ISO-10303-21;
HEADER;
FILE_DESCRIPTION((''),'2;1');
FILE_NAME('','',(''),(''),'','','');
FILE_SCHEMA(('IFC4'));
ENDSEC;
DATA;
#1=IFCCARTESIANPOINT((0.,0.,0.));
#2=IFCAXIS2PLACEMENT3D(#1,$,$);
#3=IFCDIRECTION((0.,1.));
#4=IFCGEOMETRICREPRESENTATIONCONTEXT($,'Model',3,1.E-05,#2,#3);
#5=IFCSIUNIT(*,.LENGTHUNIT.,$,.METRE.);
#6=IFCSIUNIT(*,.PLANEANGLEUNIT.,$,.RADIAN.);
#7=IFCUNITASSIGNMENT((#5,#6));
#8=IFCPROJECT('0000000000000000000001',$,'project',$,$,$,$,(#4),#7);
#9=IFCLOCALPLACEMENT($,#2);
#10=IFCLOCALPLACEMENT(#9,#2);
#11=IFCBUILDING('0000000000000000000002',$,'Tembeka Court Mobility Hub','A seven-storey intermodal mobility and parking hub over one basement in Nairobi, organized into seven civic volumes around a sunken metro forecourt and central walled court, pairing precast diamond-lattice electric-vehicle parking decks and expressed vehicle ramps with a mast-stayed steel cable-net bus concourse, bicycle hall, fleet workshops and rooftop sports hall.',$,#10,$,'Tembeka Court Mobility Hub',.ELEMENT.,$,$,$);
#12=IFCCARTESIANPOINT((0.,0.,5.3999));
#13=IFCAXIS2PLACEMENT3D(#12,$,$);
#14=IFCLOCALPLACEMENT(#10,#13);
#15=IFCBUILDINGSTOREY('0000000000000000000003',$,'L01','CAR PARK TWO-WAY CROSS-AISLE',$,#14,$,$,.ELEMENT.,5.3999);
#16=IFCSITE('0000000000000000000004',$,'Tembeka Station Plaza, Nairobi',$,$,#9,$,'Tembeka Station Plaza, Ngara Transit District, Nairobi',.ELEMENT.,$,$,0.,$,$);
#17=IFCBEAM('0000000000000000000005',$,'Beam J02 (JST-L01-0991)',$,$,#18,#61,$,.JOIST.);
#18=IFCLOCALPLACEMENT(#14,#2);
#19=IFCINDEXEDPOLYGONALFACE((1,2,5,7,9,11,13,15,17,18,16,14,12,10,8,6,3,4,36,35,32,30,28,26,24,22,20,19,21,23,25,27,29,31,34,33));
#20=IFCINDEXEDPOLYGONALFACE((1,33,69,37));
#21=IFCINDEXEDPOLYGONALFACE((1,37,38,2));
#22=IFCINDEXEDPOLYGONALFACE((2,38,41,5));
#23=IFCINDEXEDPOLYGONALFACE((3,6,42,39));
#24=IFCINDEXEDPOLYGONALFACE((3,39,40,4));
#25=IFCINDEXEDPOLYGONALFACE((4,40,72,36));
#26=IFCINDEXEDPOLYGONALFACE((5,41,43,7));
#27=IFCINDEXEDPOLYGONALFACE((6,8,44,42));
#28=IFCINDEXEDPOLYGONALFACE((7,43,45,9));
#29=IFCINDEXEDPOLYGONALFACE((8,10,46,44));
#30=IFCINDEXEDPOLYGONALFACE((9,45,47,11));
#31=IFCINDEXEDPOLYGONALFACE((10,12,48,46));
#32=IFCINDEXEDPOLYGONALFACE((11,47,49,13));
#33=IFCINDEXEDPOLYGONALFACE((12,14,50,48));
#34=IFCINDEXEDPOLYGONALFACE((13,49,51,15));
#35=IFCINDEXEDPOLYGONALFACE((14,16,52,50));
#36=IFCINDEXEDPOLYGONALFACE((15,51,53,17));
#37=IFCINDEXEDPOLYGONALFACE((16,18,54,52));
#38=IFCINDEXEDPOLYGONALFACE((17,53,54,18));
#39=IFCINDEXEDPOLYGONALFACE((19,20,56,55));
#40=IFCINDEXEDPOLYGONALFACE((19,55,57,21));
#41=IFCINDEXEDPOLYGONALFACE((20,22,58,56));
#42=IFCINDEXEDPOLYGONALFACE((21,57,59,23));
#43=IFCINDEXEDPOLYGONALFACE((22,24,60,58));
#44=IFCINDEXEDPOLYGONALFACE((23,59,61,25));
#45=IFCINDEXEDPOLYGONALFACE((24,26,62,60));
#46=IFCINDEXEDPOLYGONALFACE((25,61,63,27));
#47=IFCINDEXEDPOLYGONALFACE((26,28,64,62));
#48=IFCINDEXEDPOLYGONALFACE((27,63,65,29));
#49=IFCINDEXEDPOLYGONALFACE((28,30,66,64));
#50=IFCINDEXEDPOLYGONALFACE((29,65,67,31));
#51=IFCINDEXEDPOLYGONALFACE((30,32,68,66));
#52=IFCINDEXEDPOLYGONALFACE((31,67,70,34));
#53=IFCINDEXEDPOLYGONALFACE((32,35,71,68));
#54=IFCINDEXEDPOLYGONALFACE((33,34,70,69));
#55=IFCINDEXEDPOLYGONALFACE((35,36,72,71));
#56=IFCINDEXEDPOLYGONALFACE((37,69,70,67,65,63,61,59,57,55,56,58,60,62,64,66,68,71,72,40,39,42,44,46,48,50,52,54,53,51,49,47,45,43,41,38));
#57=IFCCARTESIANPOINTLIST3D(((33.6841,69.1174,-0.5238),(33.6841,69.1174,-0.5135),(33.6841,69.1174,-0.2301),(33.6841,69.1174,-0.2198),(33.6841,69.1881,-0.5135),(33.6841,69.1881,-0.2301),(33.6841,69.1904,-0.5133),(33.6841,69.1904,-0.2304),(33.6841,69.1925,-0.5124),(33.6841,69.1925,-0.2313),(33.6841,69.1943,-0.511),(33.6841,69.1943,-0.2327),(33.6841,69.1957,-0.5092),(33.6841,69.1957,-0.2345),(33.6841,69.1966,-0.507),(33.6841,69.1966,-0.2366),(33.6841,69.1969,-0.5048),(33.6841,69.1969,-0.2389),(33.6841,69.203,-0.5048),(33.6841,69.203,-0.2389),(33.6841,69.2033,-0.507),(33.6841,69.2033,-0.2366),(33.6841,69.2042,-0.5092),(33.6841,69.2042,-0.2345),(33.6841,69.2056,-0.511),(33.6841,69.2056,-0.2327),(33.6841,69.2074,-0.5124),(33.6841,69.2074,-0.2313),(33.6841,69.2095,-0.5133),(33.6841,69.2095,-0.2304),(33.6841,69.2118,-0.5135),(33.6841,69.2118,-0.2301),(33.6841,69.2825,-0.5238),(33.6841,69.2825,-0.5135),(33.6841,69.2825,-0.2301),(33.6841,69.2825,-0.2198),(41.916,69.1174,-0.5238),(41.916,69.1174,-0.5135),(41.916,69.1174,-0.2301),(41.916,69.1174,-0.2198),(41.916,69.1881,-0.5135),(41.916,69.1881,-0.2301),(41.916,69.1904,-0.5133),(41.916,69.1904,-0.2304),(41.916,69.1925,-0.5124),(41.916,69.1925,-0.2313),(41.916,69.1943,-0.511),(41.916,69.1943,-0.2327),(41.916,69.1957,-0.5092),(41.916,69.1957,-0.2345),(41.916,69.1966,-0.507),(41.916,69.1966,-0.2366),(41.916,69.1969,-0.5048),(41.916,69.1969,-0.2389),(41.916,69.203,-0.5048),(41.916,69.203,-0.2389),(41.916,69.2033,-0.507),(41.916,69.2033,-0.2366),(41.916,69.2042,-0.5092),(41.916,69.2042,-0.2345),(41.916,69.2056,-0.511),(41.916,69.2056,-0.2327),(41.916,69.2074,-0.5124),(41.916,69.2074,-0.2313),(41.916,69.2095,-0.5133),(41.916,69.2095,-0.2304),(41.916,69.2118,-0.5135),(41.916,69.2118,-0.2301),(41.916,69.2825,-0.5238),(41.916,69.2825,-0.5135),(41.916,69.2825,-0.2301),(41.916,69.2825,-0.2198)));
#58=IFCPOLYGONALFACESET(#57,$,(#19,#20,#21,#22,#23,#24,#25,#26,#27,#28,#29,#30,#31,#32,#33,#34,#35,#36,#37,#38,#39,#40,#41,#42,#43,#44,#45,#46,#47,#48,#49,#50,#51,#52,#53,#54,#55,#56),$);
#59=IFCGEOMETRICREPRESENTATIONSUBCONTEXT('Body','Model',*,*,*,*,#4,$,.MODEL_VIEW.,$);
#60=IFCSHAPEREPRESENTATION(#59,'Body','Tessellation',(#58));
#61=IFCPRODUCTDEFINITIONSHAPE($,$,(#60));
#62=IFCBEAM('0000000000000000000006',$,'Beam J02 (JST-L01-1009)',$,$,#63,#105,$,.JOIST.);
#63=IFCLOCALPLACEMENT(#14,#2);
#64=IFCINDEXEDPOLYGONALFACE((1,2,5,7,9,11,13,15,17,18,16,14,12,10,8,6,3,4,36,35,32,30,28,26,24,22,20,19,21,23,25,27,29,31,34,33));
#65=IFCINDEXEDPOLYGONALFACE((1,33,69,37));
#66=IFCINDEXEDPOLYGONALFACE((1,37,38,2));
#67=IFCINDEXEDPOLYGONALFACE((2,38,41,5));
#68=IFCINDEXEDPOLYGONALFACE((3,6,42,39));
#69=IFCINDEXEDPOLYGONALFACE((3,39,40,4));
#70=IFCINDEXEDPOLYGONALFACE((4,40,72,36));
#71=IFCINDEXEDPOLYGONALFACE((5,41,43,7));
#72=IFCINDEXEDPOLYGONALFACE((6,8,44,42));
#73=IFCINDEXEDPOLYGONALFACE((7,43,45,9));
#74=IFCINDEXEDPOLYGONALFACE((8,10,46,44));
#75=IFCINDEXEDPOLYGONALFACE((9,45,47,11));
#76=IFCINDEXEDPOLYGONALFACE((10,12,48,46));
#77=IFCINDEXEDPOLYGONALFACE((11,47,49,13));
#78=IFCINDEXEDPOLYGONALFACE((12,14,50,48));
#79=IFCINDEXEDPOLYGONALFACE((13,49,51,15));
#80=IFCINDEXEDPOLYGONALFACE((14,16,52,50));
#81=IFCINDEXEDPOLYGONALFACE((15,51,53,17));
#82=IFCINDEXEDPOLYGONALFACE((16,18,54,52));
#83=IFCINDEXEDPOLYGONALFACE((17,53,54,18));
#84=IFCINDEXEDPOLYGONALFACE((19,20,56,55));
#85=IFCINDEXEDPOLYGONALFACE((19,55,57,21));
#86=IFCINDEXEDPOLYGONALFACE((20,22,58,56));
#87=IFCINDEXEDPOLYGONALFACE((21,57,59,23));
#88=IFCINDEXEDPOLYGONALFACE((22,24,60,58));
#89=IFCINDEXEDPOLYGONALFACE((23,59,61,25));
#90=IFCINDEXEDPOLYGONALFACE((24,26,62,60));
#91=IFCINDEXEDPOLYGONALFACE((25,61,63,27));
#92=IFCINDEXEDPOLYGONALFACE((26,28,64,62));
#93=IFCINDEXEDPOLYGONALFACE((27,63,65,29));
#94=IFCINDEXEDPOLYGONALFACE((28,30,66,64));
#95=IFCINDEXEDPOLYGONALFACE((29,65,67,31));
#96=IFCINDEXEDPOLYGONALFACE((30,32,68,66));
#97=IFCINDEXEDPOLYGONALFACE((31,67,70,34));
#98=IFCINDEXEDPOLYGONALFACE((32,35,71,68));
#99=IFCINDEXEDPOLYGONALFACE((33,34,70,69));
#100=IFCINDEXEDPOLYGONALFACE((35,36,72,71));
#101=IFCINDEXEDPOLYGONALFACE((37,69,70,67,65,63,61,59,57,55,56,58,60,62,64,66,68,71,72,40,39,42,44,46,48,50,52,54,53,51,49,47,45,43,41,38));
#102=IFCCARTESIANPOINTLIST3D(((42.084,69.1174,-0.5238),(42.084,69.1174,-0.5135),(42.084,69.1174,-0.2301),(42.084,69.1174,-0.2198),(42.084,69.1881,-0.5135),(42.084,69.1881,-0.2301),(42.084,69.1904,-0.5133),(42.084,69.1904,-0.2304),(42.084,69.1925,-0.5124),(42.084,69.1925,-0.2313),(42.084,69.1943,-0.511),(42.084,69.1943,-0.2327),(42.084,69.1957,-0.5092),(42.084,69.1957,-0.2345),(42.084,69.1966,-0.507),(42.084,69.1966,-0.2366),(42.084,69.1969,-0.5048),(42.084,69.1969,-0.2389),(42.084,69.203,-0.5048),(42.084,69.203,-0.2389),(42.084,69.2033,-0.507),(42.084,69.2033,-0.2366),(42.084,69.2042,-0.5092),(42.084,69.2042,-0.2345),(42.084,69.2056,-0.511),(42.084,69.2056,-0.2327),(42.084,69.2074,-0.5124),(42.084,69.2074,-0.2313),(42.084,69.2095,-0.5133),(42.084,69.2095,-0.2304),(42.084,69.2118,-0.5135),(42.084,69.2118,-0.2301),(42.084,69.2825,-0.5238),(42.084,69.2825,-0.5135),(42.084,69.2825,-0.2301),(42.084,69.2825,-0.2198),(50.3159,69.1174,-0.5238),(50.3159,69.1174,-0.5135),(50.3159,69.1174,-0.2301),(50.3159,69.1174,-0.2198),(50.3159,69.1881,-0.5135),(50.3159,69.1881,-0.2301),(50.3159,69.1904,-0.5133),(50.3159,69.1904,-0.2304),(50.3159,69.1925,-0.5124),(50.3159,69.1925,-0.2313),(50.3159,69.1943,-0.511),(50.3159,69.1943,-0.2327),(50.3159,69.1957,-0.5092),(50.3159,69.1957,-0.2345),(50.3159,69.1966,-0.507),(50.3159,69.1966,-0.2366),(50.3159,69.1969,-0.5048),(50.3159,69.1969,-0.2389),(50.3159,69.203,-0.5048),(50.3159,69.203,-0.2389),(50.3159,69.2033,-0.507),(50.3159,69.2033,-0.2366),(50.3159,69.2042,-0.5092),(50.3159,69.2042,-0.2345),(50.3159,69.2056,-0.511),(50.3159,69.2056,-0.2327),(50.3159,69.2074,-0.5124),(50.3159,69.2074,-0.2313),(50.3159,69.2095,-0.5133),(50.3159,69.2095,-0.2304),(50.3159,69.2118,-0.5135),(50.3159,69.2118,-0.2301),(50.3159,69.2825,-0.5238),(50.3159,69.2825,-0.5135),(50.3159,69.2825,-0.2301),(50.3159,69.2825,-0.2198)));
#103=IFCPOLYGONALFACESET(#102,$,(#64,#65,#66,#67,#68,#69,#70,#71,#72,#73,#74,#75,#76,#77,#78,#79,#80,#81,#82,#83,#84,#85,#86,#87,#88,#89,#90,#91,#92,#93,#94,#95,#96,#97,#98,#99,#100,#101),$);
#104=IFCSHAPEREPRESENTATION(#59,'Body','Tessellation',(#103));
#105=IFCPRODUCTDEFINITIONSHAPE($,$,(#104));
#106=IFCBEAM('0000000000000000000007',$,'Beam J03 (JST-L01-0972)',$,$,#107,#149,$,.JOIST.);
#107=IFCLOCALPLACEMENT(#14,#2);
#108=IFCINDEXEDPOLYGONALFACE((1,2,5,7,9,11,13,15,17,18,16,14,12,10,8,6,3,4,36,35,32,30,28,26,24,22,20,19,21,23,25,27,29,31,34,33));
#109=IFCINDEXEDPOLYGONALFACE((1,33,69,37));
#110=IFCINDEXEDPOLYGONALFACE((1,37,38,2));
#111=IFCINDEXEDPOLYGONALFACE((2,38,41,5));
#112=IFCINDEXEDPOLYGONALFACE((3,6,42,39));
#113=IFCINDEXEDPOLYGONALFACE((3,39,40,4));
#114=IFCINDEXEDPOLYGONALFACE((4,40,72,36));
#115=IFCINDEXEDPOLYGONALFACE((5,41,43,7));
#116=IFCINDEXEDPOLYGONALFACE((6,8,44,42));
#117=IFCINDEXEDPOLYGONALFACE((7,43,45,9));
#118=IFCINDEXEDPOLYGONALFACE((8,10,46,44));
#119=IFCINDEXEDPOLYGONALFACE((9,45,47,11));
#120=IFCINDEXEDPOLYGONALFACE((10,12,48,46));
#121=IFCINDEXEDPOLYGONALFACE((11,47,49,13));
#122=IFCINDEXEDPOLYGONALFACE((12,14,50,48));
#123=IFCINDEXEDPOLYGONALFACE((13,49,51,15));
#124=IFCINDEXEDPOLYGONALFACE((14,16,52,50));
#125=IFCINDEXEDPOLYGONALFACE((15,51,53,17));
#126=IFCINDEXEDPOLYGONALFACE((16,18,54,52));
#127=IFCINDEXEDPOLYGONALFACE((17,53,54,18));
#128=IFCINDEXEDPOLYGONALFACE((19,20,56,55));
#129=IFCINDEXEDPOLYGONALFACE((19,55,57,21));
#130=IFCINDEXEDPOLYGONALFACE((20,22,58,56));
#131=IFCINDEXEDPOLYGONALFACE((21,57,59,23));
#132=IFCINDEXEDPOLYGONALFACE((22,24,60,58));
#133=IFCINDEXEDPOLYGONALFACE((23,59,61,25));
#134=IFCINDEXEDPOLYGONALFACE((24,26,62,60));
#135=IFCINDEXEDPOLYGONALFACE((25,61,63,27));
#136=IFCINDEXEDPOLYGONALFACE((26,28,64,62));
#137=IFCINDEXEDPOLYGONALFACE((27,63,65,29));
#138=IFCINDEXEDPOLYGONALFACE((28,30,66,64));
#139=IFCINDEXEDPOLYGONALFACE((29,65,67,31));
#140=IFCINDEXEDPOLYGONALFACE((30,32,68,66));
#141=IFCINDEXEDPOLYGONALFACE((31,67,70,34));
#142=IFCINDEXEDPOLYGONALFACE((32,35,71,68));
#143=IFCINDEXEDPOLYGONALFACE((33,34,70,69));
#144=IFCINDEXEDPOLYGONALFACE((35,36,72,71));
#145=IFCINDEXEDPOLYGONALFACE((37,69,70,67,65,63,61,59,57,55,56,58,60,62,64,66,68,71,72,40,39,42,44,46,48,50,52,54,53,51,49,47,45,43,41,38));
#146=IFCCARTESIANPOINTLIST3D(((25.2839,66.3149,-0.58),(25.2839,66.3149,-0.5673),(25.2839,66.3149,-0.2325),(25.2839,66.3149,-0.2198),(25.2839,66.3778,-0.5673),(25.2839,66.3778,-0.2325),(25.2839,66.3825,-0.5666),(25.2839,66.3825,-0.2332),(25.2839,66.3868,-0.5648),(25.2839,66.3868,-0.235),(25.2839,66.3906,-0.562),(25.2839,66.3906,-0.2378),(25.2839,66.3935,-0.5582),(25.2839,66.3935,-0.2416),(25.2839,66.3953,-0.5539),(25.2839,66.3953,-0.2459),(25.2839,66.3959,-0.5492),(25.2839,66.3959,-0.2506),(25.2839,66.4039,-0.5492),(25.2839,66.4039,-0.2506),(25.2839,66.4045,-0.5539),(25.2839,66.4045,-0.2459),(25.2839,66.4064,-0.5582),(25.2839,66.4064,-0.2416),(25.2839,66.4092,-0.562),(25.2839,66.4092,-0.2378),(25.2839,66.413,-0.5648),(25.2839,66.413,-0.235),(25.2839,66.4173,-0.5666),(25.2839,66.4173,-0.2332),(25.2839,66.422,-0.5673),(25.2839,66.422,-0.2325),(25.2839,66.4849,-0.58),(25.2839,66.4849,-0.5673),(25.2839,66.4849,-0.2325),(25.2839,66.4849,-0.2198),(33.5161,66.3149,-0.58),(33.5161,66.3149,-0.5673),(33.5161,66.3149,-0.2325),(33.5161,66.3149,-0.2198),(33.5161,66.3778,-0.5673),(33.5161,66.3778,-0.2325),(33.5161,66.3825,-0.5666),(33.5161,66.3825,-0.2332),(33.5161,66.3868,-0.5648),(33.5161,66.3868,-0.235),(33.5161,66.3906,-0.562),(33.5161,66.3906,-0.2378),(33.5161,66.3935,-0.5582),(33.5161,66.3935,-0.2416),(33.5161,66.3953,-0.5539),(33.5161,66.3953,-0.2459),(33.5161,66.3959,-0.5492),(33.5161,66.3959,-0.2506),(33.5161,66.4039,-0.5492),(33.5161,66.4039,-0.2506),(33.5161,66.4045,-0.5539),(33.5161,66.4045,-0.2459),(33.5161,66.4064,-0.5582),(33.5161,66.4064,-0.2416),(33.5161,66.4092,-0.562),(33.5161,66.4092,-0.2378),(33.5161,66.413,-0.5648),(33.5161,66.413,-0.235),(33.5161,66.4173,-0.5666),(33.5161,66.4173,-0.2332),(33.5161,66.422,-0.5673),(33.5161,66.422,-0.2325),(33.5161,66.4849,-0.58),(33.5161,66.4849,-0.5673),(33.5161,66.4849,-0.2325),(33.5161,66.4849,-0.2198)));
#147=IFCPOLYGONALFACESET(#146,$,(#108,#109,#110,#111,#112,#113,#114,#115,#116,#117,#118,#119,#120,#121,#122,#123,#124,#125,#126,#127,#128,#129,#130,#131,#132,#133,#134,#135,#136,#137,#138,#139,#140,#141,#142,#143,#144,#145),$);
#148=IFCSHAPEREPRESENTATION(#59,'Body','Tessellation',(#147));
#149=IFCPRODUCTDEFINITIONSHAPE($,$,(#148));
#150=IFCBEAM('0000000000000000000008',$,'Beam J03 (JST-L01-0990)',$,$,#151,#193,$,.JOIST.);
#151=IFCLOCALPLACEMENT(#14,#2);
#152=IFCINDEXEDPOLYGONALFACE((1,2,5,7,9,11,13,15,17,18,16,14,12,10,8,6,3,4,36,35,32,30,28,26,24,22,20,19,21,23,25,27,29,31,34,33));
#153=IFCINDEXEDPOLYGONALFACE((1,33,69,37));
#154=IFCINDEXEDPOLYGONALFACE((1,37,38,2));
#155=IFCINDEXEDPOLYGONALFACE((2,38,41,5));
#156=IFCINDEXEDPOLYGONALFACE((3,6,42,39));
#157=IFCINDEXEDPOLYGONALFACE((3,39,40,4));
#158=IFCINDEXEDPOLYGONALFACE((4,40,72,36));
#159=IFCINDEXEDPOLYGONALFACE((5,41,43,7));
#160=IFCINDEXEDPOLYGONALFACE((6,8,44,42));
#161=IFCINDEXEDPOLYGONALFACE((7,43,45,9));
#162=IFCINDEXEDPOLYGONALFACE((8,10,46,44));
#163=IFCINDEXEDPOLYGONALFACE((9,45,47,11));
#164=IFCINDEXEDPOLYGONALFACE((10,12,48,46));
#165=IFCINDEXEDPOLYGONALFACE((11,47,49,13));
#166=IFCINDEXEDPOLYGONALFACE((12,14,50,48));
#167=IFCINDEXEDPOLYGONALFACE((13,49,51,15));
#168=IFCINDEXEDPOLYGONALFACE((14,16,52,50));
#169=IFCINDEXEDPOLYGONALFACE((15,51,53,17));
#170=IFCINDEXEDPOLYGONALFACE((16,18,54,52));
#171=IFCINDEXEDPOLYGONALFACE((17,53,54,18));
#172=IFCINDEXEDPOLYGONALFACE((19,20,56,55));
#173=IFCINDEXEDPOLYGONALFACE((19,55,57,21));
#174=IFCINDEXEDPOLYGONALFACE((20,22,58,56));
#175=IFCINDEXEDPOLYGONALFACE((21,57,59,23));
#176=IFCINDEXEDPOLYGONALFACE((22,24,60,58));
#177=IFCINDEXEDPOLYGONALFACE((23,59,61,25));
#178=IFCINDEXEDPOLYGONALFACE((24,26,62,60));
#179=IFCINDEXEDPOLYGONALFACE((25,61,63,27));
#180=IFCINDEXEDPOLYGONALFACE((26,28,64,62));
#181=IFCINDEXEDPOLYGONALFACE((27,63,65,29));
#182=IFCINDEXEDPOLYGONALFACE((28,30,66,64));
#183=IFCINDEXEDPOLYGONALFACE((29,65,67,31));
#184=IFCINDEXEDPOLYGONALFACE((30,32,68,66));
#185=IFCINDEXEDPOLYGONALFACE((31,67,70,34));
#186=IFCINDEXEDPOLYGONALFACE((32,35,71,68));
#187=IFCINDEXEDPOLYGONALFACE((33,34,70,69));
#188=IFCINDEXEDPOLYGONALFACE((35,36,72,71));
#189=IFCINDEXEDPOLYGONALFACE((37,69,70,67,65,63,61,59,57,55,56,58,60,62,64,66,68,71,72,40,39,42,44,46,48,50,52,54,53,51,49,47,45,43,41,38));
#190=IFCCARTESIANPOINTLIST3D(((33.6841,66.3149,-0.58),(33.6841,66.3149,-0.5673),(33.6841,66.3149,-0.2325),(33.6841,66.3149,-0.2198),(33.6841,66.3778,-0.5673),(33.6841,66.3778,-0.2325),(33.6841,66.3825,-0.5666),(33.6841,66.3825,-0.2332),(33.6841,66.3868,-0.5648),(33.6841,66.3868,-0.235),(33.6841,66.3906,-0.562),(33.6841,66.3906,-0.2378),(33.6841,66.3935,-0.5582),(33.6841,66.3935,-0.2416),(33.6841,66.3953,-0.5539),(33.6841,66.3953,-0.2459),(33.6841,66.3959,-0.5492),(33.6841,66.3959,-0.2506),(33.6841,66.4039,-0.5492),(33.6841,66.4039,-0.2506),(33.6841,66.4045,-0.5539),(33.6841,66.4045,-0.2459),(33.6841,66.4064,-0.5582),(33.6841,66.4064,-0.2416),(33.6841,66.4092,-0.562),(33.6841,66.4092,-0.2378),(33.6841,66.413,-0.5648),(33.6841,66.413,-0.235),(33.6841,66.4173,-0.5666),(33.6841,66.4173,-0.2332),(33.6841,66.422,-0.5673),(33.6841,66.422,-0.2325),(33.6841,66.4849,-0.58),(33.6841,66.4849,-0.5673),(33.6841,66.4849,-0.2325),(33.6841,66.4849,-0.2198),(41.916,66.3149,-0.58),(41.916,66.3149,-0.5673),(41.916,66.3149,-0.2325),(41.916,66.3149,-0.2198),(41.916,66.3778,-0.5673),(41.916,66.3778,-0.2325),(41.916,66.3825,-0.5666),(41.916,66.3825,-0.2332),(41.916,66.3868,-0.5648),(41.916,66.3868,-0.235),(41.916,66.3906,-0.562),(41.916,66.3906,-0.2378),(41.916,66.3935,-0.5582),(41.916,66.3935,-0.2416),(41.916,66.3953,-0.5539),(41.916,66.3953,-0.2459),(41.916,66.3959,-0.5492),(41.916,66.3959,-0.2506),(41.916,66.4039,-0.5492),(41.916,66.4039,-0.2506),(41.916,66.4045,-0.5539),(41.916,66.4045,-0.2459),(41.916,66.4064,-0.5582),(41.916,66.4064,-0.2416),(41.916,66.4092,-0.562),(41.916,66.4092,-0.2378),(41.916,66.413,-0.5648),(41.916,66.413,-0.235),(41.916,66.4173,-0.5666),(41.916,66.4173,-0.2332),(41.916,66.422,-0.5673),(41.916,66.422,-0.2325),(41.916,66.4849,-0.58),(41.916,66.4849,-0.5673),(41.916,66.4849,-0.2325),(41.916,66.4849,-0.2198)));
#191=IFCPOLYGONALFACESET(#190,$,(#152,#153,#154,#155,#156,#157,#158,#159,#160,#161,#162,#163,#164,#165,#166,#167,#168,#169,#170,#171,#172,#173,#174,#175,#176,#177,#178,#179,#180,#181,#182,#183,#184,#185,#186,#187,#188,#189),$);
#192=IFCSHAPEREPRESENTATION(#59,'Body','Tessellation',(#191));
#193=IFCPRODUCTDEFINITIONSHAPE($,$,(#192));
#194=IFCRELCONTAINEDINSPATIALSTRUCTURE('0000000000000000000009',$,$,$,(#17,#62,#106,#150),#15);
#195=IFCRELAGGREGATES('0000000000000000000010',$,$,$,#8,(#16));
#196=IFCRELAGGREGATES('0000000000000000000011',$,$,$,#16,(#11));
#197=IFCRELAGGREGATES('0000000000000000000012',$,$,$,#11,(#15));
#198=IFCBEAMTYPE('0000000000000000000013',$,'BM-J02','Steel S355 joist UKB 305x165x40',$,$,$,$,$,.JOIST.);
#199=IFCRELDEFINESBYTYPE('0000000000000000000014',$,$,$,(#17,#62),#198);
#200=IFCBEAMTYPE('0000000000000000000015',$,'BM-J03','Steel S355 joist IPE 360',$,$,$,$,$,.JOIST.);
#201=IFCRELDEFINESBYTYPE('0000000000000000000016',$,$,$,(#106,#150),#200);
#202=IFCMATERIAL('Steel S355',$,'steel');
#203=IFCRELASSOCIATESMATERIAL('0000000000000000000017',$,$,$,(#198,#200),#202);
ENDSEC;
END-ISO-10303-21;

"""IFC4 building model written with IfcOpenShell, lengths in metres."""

from ifc_helpers import new_model, si_unit, direction, frame, origin, origin_2d, place, context, subcontext, project, spatial, i_section, extrude, material, material_profile, profile_set, type_object, element, save


model = new_model("IFC4")

# Units and contexts
model_context = context("Model", 3, precision=1e-05, world=origin(), true_north=direction((0.0, 1.0)))
body_context = subcontext(model_context, "Body", "Model", "MODEL_VIEW")
ifc_project = project(units=[si_unit("LENGTHUNIT", "METRE"), si_unit("PLANEANGLEUNIT", "RADIAN")], contexts=[model_context])

# Site, building, storey
site_placement = place(None, origin())
site = spatial("IfcSite", under=ifc_project, at=site_placement, Name="Tembeka Station Plaza, Nairobi", LongName="Tembeka Station Plaza, Ngara Transit District, Nairobi", CompositionType="ELEMENT", RefElevation=0.0)
building_placement = place(site_placement, origin())
building = spatial("IfcBuilding", under=site, at=building_placement, Name="Tembeka Court Mobility Hub", Description="A seven-storey intermodal mobility and parking hub over one basement in Nairobi, organized into seven civic volumes around a sunken metro forecourt and central walled court, pairing precast diamond-lattice electric-vehicle parking decks and expressed vehicle ramps with a mast-stayed steel cable-net bus concourse, bicycle hall, fleet workshops and rooftop sports hall.", LongName="Tembeka Court Mobility Hub", CompositionType="ELEMENT")
storey_placement = place(building_placement, frame((0.0, 0.0, 5.3999)))
storey = spatial("IfcBuildingStorey", under=building, at=storey_placement, Name="L01", Description="CAR PARK TWO-WAY CROSS-AISLE", CompositionType="ELEMENT", Elevation=5.3999)

# Shared definitions
ifc_material_1 = material(Name="Steel S355", Category="steel")

# Beams
ifc_material_profile_1 = material_profile(ifc_material_1, i_section(OverallWidth=0.165, OverallDepth=0.304, WebThickness=0.0061, FlangeThickness=0.0103, FilletRadius=0.0088, at=origin_2d()), Name="UKB 305x165x40")
ifc_profile_set_1 = profile_set([ifc_material_profile_1], Name="Steel S355")
beam_type_1 = type_object("IfcBeamType", Name="BM-J02", Description="Steel S355 joist UKB 305x165x40", PredefinedType="JOIST", material=ifc_profile_set_1)
for number, where, z_axis, x_axis, name in (
    (1, (33.6841, 69.2, -0.3718), (1.0, 0.0, 0.0), (0.0, 1.0, 0.0), "Beam J02 (JST-L01-0991)"),
    (2, (42.084, 69.2, -0.3718), (1.0, 0.0, 0.0), (0.0, 1.0, 0.0), "Beam J02 (JST-L01-1009)"),
):
    element("IfcBeam", number, at=place(storey_placement, frame(where, z_axis=z_axis, x_axis=x_axis)), inside=storey, type_object=beam_type_1, Name=name, PredefinedType="JOIST", context=body_context, shape_type="SweptSolid", body=[
        extrude(i_section(OverallWidth=0.165, OverallDepth=0.304, WebThickness=0.0061, FlangeThickness=0.0103, FilletRadius=0.0088, at=origin_2d()), origin(), (0.0, 0.0, 1.0), 8.2319),
    ])
ifc_material_profile_2 = material_profile(ifc_material_1, i_section(OverallWidth=0.1699, OverallDepth=0.3601, WebThickness=0.0081, FlangeThickness=0.0127, FilletRadius=0.0181, at=origin_2d()), Name="IPE 360")
ifc_profile_set_2 = profile_set([ifc_material_profile_2], Name="Steel S355")
beam_type_2 = type_object("IfcBeamType", Name="BM-J03", Description="Steel S355 joist IPE 360", PredefinedType="JOIST", material=ifc_profile_set_2)
beam_1_placement = place(storey_placement, frame((25.2839, 66.3999, -0.3999), z_axis=(1.0, 0.0, 0.0), x_axis=(0.0, 1.0, 0.0)))
element("IfcBeam", 3, at=beam_1_placement, inside=storey, type_object=beam_type_2, Name="Beam J03 (JST-L01-0972)", PredefinedType="JOIST", context=body_context, shape_type="SweptSolid", body=[
    extrude(i_section(OverallWidth=0.1699, OverallDepth=0.3601, WebThickness=0.0081, FlangeThickness=0.0127, FilletRadius=0.0181, at=origin_2d()), origin(), (0.0, 0.0, 1.0), 8.2322),
])
for number, where, z_axis, x_axis, name in (
    (4, (33.6841, 66.3999, -0.3999), (1.0, 0.0, 0.0), (0.0, 1.0, 0.0), "Beam J03 (JST-L01-0990)"),
):
    element("IfcBeam", number, at=place(storey_placement, frame(where, z_axis=z_axis, x_axis=x_axis)), inside=storey, type_object=beam_type_2, Name=name, PredefinedType="JOIST", context=body_context, shape_type="SweptSolid", body=[
        extrude(i_section(OverallWidth=0.1699, OverallDepth=0.3601, WebThickness=0.0081, FlangeThickness=0.0127, FilletRadius=0.0181, at=origin_2d()), origin(), (0.0, 0.0, 1.0), 8.2319),
    ])

save(model, "model.ifc")
